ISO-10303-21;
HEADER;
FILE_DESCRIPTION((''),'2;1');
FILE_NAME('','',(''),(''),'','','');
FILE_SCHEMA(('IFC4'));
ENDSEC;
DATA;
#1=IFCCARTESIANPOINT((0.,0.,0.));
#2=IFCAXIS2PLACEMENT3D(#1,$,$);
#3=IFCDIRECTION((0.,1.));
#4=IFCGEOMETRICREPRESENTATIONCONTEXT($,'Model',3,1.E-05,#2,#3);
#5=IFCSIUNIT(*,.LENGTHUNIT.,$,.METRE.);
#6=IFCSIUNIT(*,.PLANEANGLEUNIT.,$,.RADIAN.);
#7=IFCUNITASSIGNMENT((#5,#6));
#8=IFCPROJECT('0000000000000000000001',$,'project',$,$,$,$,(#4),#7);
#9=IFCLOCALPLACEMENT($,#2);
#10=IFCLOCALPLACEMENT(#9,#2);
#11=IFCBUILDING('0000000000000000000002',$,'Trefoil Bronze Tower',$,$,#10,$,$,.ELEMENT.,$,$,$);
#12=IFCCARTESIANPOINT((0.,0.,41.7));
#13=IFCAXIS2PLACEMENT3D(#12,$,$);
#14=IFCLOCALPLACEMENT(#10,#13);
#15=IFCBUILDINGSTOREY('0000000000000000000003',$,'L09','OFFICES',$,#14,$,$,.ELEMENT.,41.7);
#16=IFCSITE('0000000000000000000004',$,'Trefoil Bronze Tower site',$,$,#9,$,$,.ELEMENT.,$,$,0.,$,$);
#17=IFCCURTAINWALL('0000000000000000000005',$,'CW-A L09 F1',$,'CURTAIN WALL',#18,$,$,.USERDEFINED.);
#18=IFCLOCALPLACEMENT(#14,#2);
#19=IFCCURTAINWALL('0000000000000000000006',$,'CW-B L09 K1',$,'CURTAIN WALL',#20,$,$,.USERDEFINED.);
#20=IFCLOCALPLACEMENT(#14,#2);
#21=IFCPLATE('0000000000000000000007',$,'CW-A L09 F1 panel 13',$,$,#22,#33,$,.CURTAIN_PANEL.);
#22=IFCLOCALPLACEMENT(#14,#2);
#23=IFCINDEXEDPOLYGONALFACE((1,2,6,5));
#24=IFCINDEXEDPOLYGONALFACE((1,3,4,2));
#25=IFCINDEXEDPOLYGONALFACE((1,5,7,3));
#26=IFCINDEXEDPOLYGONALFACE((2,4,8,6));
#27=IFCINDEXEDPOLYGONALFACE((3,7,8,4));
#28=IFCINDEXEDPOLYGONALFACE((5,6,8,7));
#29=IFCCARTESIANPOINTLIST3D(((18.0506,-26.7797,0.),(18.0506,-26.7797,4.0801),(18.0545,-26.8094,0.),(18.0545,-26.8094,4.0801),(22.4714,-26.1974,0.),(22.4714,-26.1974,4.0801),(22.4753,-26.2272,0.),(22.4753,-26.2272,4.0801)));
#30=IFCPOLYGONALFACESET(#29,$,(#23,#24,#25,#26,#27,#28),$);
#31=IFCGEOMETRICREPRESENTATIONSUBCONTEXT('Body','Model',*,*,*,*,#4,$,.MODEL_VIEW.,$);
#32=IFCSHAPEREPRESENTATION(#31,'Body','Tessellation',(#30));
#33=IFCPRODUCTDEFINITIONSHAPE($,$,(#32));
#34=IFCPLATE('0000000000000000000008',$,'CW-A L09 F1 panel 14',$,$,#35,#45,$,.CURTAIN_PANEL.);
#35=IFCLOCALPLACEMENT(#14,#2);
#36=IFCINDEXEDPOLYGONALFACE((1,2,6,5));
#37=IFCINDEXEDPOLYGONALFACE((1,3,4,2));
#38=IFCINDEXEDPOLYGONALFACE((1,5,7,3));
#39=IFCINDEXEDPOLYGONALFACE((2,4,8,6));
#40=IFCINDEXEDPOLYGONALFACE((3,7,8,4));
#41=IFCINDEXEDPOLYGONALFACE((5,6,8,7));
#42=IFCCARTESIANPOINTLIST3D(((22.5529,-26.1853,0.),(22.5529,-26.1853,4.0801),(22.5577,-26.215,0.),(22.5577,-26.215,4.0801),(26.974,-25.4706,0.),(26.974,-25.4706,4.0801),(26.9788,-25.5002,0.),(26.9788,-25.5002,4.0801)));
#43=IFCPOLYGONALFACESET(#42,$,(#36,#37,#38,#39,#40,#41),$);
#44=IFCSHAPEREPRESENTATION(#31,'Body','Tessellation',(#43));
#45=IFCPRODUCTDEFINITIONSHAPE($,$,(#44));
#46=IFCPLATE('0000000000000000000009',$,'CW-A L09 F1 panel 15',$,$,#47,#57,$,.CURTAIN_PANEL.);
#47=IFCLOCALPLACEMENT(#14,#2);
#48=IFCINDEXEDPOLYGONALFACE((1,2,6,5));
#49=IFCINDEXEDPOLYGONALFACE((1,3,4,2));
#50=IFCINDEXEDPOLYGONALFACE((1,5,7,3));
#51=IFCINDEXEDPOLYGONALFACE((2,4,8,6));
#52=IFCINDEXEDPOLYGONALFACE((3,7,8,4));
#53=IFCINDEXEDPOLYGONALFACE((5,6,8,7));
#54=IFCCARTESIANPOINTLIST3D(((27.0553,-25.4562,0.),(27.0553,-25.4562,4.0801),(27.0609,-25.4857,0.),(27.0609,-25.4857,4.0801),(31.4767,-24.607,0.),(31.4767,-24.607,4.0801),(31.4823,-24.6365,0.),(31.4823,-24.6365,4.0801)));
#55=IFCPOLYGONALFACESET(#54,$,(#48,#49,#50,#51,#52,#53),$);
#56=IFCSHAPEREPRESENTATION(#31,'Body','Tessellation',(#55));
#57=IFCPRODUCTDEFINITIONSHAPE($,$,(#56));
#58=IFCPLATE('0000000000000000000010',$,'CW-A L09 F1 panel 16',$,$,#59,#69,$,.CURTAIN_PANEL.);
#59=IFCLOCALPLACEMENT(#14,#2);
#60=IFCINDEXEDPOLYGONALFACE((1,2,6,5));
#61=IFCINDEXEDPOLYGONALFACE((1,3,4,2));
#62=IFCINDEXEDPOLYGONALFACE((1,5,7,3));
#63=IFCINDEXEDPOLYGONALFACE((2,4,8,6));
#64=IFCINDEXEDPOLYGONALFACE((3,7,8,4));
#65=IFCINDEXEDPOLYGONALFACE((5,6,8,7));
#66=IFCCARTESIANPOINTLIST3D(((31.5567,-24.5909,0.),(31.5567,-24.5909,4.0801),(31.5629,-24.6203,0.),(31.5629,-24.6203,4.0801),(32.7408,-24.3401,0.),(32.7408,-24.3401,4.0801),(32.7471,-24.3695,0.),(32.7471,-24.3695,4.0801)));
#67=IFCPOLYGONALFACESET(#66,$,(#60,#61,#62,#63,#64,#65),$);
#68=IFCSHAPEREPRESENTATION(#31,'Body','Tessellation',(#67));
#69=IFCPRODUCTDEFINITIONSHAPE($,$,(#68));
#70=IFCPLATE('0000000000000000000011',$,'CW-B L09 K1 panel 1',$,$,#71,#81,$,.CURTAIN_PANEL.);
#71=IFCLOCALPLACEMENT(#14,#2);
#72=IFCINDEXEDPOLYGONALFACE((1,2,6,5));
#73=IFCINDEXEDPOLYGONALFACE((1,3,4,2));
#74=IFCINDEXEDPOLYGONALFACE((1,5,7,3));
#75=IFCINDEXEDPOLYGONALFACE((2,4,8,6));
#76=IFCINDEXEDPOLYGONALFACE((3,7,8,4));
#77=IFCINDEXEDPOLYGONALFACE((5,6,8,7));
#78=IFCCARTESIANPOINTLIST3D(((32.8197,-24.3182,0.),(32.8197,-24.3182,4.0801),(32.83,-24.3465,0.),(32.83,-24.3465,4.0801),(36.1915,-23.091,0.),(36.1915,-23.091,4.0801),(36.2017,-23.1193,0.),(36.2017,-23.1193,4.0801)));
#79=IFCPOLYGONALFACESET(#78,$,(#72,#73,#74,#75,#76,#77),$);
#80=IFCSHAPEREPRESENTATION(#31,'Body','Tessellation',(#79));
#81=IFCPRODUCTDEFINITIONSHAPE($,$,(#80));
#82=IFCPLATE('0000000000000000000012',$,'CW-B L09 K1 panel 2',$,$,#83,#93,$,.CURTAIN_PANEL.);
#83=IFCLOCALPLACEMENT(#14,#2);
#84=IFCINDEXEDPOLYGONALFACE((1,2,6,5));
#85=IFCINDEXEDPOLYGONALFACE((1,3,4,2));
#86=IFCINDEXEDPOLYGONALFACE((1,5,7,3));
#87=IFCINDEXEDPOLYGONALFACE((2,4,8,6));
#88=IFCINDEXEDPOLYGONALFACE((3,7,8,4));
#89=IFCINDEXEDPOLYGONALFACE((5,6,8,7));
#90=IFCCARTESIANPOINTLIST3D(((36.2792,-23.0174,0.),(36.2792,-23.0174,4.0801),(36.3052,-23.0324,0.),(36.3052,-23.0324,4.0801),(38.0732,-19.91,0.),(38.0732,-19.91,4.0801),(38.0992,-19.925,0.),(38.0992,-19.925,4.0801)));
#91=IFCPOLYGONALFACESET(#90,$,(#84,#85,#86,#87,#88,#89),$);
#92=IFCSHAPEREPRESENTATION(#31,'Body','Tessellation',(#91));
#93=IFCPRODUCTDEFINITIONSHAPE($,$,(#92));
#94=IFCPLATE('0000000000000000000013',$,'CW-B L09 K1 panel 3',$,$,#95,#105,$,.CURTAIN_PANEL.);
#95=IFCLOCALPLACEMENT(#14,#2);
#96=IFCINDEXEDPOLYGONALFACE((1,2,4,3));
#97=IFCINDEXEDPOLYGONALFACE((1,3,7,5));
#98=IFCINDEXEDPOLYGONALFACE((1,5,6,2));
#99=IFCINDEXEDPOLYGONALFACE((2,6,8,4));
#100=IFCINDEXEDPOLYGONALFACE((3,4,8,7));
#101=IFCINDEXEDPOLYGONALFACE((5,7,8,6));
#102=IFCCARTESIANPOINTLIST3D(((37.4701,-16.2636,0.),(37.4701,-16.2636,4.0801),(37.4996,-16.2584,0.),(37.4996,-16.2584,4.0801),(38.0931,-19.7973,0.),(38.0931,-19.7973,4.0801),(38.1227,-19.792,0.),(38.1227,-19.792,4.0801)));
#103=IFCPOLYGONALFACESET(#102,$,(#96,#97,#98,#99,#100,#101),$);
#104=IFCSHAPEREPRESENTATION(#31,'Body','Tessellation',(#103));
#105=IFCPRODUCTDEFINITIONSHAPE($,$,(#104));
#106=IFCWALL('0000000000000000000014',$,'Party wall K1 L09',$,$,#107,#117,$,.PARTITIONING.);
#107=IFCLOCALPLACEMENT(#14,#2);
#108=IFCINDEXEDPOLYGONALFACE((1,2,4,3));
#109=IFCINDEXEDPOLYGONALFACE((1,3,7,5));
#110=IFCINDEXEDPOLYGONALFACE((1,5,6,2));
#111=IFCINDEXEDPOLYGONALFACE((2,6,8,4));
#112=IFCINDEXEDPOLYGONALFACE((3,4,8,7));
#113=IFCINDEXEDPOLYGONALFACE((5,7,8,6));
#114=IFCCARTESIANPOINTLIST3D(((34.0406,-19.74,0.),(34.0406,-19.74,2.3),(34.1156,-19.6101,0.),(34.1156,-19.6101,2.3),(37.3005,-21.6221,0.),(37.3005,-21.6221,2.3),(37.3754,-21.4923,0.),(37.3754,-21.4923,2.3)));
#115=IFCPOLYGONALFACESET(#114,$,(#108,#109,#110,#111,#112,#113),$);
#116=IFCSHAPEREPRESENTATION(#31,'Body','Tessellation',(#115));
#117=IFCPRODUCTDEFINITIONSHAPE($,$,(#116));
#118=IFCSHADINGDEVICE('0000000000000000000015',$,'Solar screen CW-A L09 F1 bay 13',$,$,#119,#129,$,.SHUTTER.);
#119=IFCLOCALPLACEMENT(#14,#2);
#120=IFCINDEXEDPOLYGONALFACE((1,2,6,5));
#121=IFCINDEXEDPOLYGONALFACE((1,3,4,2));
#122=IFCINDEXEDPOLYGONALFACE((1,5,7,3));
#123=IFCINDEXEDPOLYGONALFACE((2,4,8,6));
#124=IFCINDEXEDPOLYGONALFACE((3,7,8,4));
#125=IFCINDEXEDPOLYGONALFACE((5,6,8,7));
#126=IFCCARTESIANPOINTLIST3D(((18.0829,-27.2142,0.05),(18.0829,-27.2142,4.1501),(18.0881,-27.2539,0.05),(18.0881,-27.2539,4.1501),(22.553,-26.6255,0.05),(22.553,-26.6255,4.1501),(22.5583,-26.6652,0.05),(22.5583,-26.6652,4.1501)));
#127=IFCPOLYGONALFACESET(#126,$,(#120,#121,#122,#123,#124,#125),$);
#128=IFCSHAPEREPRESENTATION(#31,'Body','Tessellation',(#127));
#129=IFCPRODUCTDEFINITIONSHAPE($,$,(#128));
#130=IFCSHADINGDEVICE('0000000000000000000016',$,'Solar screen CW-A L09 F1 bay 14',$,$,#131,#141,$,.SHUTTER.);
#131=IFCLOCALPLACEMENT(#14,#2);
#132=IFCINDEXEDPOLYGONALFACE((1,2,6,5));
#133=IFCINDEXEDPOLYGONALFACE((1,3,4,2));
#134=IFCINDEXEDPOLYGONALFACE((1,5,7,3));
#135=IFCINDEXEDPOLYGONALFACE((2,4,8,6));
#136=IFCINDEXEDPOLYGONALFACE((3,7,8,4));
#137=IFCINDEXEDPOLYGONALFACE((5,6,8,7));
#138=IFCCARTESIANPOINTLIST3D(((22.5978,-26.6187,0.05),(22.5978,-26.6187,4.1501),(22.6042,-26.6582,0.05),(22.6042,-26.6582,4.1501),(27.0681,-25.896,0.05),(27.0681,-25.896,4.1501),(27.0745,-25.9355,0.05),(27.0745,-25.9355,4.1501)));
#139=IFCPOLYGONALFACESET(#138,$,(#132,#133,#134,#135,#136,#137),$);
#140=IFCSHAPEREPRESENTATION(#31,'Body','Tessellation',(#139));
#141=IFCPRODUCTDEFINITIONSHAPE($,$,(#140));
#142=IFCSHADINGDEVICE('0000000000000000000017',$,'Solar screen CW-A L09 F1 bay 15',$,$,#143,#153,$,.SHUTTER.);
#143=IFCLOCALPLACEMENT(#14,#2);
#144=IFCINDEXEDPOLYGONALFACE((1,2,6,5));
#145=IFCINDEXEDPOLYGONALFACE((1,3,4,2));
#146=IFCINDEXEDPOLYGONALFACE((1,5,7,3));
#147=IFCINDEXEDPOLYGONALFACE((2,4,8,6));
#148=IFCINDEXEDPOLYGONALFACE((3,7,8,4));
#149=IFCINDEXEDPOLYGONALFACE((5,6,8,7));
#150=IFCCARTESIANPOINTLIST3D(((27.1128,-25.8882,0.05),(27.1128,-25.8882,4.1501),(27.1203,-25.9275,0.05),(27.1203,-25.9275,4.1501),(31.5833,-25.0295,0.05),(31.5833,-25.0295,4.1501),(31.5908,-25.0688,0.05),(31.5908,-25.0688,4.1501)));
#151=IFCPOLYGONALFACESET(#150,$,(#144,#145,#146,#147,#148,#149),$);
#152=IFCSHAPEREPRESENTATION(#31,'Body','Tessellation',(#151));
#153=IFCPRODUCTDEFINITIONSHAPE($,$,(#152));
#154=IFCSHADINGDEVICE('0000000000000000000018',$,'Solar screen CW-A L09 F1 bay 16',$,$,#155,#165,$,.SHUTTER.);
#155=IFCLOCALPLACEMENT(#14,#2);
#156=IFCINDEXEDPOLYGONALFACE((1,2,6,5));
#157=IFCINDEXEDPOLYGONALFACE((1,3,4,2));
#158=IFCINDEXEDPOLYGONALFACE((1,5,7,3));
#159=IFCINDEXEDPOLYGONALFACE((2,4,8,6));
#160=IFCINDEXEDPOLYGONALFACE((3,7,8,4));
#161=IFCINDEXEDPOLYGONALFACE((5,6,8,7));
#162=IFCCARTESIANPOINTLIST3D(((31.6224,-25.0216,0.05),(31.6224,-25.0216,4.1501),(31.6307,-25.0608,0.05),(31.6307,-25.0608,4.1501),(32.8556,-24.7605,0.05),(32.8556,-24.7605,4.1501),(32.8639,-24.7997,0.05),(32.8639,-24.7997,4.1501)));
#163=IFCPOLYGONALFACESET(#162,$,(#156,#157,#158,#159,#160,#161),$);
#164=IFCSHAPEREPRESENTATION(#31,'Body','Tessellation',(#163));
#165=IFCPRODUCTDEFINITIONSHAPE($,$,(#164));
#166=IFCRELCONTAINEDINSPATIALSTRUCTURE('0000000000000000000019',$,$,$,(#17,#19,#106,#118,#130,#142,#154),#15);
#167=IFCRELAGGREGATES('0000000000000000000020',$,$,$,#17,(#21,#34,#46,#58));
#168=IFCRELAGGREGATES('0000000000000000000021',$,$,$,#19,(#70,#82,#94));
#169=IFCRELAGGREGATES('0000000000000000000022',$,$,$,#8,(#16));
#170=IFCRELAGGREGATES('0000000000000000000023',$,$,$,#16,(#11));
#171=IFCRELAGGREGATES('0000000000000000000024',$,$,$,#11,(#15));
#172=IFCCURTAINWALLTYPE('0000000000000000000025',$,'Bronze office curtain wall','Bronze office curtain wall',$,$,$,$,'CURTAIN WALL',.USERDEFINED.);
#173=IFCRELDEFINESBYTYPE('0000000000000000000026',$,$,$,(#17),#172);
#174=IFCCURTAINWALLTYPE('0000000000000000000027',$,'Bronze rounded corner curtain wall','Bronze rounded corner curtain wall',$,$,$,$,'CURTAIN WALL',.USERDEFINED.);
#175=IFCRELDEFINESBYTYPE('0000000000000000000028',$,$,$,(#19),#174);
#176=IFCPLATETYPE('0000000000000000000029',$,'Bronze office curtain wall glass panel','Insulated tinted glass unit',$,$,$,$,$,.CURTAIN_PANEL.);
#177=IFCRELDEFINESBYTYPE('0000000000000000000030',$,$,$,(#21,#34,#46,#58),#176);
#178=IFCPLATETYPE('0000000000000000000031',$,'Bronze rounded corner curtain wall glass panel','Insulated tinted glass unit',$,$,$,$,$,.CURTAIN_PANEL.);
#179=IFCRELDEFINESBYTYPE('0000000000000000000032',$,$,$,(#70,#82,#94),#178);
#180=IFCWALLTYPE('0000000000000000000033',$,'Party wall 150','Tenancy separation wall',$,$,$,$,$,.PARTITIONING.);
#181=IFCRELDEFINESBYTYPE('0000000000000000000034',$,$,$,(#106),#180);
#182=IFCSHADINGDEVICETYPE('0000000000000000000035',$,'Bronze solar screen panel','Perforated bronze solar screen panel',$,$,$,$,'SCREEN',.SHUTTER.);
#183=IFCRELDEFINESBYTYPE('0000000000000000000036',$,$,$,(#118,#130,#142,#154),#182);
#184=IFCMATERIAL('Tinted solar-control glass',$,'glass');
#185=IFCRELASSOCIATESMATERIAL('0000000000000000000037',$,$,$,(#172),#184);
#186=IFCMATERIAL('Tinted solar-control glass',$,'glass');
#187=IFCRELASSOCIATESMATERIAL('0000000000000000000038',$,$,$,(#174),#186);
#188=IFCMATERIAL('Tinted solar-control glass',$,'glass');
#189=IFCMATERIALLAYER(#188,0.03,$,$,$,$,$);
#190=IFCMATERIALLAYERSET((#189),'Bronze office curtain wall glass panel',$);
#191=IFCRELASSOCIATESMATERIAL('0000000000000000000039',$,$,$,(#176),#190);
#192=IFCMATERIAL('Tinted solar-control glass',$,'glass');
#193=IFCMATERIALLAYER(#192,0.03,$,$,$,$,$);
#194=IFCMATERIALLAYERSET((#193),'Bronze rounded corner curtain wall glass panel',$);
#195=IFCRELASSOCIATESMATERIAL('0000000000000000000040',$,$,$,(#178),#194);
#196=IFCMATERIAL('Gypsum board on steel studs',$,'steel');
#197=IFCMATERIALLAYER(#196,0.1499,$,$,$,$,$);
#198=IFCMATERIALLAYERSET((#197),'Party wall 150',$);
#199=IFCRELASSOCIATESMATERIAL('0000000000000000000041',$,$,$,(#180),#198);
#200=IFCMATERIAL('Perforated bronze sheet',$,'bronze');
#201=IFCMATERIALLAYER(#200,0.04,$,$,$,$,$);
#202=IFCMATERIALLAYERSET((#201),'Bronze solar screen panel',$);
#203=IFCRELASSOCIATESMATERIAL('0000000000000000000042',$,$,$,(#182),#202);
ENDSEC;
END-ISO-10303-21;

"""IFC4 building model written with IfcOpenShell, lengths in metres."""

from ifc_helpers import new_model, si_unit, direction, frame, frame_2d, origin, origin_2d, place, context, subcontext, project, spatial, rectangle, extrude, material, layer, layer_set, type_object, element, aggregate, save


model = new_model("IFC4")

# Units and contexts
model_context = context("Model", 3, precision=1e-05, world=origin(), true_north=direction((0.0, 1.0)))
body_context = subcontext(model_context, "Body", "Model", "MODEL_VIEW")
ifc_project = project(units=[si_unit("LENGTHUNIT", "METRE"), si_unit("PLANEANGLEUNIT", "RADIAN")], contexts=[model_context])

# Site, building, storey
site_placement = place(None, origin())
site = spatial("IfcSite", under=ifc_project, at=site_placement, Name="Trefoil Bronze Tower site", CompositionType="ELEMENT", RefElevation=0.0)
building_placement = place(site_placement, origin())
building = spatial("IfcBuilding", under=site, at=building_placement, Name="Trefoil Bronze Tower", CompositionType="ELEMENT")
storey_placement = place(building_placement, frame((0.0, 0.0, 41.7)))
storey = spatial("IfcBuildingStorey", under=building, at=storey_placement, Name="L09", Description="OFFICES", CompositionType="ELEMENT", Elevation=41.7)

# Curtain walls
ifc_material_1 = material(Name="Tinted solar-control glass", Category="glass")
curtain_wall_type_1 = type_object("IfcCurtainWallType", Name="Bronze office curtain wall", Description="Bronze office curtain wall", ElementType="CURTAIN WALL", PredefinedType="USERDEFINED", material=ifc_material_1)
curtain_wall_1_placement = place(storey_placement, origin())
curtain_wall_1 = element("IfcCurtainWall", 1, at=curtain_wall_1_placement, inside=storey, type_object=curtain_wall_type_1, Name="CW-A L09 F1", ObjectType="CURTAIN WALL", PredefinedType="USERDEFINED")
ifc_material_2 = material(Name="Tinted solar-control glass", Category="glass")
curtain_wall_type_2 = type_object("IfcCurtainWallType", Name="Bronze rounded corner curtain wall", Description="Bronze rounded corner curtain wall", ElementType="CURTAIN WALL", PredefinedType="USERDEFINED", material=ifc_material_2)
curtain_wall_2_placement = place(storey_placement, origin())
curtain_wall_2 = element("IfcCurtainWall", 2, at=curtain_wall_2_placement, inside=storey, type_object=curtain_wall_type_2, Name="CW-B L09 K1", ObjectType="CURTAIN WALL", PredefinedType="USERDEFINED")

# Plates
ifc_material_3 = material(Name="Tinted solar-control glass", Category="glass")
ifc_layer_1 = layer(ifc_material_3, 0.03)
ifc_layer_set_1 = layer_set([ifc_layer_1], Name="Bronze office curtain wall glass panel")
plate_type_1 = type_object("IfcPlateType", Name="Bronze office curtain wall glass panel", Description="Insulated tinted glass unit", PredefinedType="CURTAIN_PANEL", material=ifc_layer_set_1)
plate_1_placement = place(storey_placement, frame((20.2629, -26.5034, 0.0), z_axis=(0.0, 0.0, 1.0), x_axis=(0.991437, 0.130584, 0.0)))
plate_1 = element("IfcPlate", 3, at=plate_1_placement, type_object=plate_type_1, Name="CW-A L09 F1 panel 13", PredefinedType="CURTAIN_PANEL", context=body_context, shape_type="SweptSolid", body=[
    extrude(rectangle(XDim=4.459, YDim=0.03, at=origin_2d()), origin(), (0.0, 0.0, 1.0), 4.0801),
])
plate_2_placement = place(storey_placement, frame((24.7659, -25.8428, 0.0), z_axis=(0.0, 0.0, 1.0), x_axis=(0.987181, 0.159603, 0.0)))
plate_2 = element("IfcPlate", 4, at=plate_2_placement, type_object=plate_type_1, Name="CW-A L09 F1 panel 14", PredefinedType="CURTAIN_PANEL", context=body_context, shape_type="SweptSolid", body=[
    extrude(rectangle(XDim=4.4785, YDim=0.03, at=origin_2d()), origin(), (0.0, 0.0, 1.0), 4.0801),
])
plate_3_placement = place(storey_placement, frame((29.2688, -25.0464, 0.0), z_axis=(0.0, 0.0, 1.0), x_axis=(0.98205, 0.188622, 0.0)))
plate_3 = element("IfcPlate", 5, at=plate_3_placement, type_object=plate_type_1, Name="CW-A L09 F1 panel 15", PredefinedType="CURTAIN_PANEL", context=body_context, shape_type="SweptSolid", body=[
    extrude(rectangle(XDim=4.5022, YDim=0.03, at=origin_2d()), origin(), (0.0, 0.0, 1.0), 4.0801),
])
plate_4_placement = place(storey_placement, frame((32.1519, -24.4802, 0.0), z_axis=(0.0, 0.0, 1.0), x_axis=(0.978303, 0.207181, 0.0)))
plate_4 = element("IfcPlate", 6, at=plate_4_placement, type_object=plate_type_1, Name="CW-A L09 F1 panel 16", PredefinedType="CURTAIN_PANEL", context=body_context, shape_type="SweptSolid", body=[
    extrude(rectangle(XDim=1.2104, YDim=0.03, at=origin_2d()), origin(), (0.0, 0.0, 1.0), 4.0801),
])
aggregate(curtain_wall_1, [plate_1, plate_2, plate_3, plate_4])
ifc_material_4 = material(Name="Tinted solar-control glass", Category="glass")
ifc_layer_2 = layer(ifc_material_4, 0.03)
ifc_layer_set_2 = layer_set([ifc_layer_2], Name="Bronze rounded corner curtain wall glass panel")
plate_type_2 = type_object("IfcPlateType", Name="Bronze rounded corner curtain wall glass panel", Description="Insulated tinted glass unit", PredefinedType="CURTAIN_PANEL", material=ifc_layer_set_2)
plate_5_placement = place(storey_placement, frame((34.5107, -23.7188, 0.0), z_axis=(0.0, 0.0, 1.0), x_axis=(0.939693, 0.34202, 0.0)))
plate_5 = element("IfcPlate", 7, at=plate_5_placement, type_object=plate_type_2, Name="CW-B L09 K1 panel 1", PredefinedType="CURTAIN_PANEL", context=body_context, shape_type="SweptSolid", body=[
    extrude(rectangle(XDim=3.5881, YDim=0.03, at=origin_2d()), origin(), (0.0, 0.0, 1.0), 4.0801),
])
plate_6_placement = place(storey_placement, frame((37.1892, -21.4712, 0.0), z_axis=(0.0, 0.0, 1.0), x_axis=(0.5, 0.866025, 0.0)))
plate_6 = element("IfcPlate", 8, at=plate_6_placement, type_object=plate_type_2, Name="CW-B L09 K1 panel 2", PredefinedType="CURTAIN_PANEL", context=body_context, shape_type="SweptSolid", body=[
    extrude(rectangle(XDim=3.5881, YDim=0.03, at=origin_2d()), origin(), (0.0, 0.0, 1.0), 4.0801),
])
plate_7_placement = place(storey_placement, frame((37.7964, -18.0278, 0.0), z_axis=(0.0, 0.0, 1.0), x_axis=(-0.173648, 0.984808, 0.0)))
plate_7 = element("IfcPlate", 9, at=plate_7_placement, type_object=plate_type_2, Name="CW-B L09 K1 panel 3", PredefinedType="CURTAIN_PANEL", context=body_context, shape_type="SweptSolid", body=[
    extrude(rectangle(XDim=3.5881, YDim=0.03, at=origin_2d()), origin(), (0.0, 0.0, 1.0), 4.0801),
])
aggregate(curtain_wall_2, [plate_5, plate_6, plate_7])

# Wall
ifc_material_5 = material(Name="Gypsum board on steel studs", Category="steel")
ifc_layer_3 = layer(ifc_material_5, 0.1499)
ifc_layer_set_3 = layer_set([ifc_layer_3], Name="Party wall 150")
wall_type = type_object("IfcWallType", Name="Party wall 150", Description="Tenancy separation wall", PredefinedType="PARTITIONING", material=ifc_layer_set_3)
wall_placement = place(storey_placement, frame((34.0781, -19.675, 0.0), z_axis=(0.0, 0.0, 1.0), x_axis=(0.866019, -0.500011, 0.0)))
element("IfcWall", 10, at=wall_placement, inside=storey, type_object=wall_type, Name="Party wall K1 L09", PredefinedType="PARTITIONING", context=body_context, shape_type="SweptSolid", body=[
    extrude(rectangle(XDim=3.7642, YDim=0.1499, at=frame_2d((1.8821, 0.0))), origin(), (0.0, 0.0, 1.0), 2.3),
])

# Shading devices
ifc_material_6 = material(Name="Perforated bronze sheet", Category="bronze")
ifc_layer_4 = layer(ifc_material_6, 0.04)
ifc_layer_set_4 = layer_set([ifc_layer_4], Name="Bronze solar screen panel")
shading_device_type = type_object("IfcShadingDeviceType", Name="Bronze solar screen panel", Description="Perforated bronze solar screen panel", ElementType="SCREEN", PredefinedType="SHUTTER", material=ifc_layer_set_4)
shading_device_1_placement = place(storey_placement, frame((20.3206, -26.9397, 0.05), z_axis=(0.0, 0.0, 1.0), x_axis=(0.991437, 0.130584, 0.0)))
element("IfcShadingDevice", 11, at=shading_device_1_placement, inside=storey, type_object=shading_device_type, Name="Solar screen CW-A L09 F1 bay 13", PredefinedType="SHUTTER", context=body_context, shape_type="SweptSolid", body=[
    extrude(rectangle(XDim=4.5088, YDim=0.04, at=origin_2d()), origin(), (0.0, 0.0, 1.0), 4.1001),
])
shading_device_2_placement = place(storey_placement, frame((24.8362, -26.2771, 0.05), z_axis=(0.0, 0.0, 1.0), x_axis=(0.987181, 0.159603, 0.0)))
element("IfcShadingDevice", 12, at=shading_device_2_placement, inside=storey, type_object=shading_device_type, Name="Solar screen CW-A L09 F1 bay 14", PredefinedType="SHUTTER", context=body_context, shape_type="SweptSolid", body=[
    extrude(rectangle(XDim=4.5283, YDim=0.04, at=origin_2d()), origin(), (0.0, 0.0, 1.0), 4.1001),
])
shading_device_3_placement = place(storey_placement, frame((29.3518, -25.4785, 0.05), z_axis=(0.0, 0.0, 1.0), x_axis=(0.98205, 0.188622, 0.0)))
element("IfcShadingDevice", 13, at=shading_device_3_placement, inside=storey, type_object=shading_device_type, Name="Solar screen CW-A L09 F1 bay 15", PredefinedType="SHUTTER", context=body_context, shape_type="SweptSolid", body=[
    extrude(rectangle(XDim=4.5522, YDim=0.04, at=origin_2d()), origin(), (0.0, 0.0, 1.0), 4.1001),
])
shading_device_4_placement = place(storey_placement, frame((32.2432, -24.9106, 0.05), z_axis=(0.0, 0.0, 1.0), x_axis=(0.978303, 0.207181, 0.0)))
element("IfcShadingDevice", 14, at=shading_device_4_placement, inside=storey, type_object=shading_device_type, Name="Solar screen CW-A L09 F1 bay 16", PredefinedType="SHUTTER", context=body_context, shape_type="SweptSolid", body=[
    extrude(rectangle(XDim=1.2605, YDim=0.04, at=origin_2d()), origin(), (0.0, 0.0, 1.0), 4.1001),
])

save(model, "model.ifc")
